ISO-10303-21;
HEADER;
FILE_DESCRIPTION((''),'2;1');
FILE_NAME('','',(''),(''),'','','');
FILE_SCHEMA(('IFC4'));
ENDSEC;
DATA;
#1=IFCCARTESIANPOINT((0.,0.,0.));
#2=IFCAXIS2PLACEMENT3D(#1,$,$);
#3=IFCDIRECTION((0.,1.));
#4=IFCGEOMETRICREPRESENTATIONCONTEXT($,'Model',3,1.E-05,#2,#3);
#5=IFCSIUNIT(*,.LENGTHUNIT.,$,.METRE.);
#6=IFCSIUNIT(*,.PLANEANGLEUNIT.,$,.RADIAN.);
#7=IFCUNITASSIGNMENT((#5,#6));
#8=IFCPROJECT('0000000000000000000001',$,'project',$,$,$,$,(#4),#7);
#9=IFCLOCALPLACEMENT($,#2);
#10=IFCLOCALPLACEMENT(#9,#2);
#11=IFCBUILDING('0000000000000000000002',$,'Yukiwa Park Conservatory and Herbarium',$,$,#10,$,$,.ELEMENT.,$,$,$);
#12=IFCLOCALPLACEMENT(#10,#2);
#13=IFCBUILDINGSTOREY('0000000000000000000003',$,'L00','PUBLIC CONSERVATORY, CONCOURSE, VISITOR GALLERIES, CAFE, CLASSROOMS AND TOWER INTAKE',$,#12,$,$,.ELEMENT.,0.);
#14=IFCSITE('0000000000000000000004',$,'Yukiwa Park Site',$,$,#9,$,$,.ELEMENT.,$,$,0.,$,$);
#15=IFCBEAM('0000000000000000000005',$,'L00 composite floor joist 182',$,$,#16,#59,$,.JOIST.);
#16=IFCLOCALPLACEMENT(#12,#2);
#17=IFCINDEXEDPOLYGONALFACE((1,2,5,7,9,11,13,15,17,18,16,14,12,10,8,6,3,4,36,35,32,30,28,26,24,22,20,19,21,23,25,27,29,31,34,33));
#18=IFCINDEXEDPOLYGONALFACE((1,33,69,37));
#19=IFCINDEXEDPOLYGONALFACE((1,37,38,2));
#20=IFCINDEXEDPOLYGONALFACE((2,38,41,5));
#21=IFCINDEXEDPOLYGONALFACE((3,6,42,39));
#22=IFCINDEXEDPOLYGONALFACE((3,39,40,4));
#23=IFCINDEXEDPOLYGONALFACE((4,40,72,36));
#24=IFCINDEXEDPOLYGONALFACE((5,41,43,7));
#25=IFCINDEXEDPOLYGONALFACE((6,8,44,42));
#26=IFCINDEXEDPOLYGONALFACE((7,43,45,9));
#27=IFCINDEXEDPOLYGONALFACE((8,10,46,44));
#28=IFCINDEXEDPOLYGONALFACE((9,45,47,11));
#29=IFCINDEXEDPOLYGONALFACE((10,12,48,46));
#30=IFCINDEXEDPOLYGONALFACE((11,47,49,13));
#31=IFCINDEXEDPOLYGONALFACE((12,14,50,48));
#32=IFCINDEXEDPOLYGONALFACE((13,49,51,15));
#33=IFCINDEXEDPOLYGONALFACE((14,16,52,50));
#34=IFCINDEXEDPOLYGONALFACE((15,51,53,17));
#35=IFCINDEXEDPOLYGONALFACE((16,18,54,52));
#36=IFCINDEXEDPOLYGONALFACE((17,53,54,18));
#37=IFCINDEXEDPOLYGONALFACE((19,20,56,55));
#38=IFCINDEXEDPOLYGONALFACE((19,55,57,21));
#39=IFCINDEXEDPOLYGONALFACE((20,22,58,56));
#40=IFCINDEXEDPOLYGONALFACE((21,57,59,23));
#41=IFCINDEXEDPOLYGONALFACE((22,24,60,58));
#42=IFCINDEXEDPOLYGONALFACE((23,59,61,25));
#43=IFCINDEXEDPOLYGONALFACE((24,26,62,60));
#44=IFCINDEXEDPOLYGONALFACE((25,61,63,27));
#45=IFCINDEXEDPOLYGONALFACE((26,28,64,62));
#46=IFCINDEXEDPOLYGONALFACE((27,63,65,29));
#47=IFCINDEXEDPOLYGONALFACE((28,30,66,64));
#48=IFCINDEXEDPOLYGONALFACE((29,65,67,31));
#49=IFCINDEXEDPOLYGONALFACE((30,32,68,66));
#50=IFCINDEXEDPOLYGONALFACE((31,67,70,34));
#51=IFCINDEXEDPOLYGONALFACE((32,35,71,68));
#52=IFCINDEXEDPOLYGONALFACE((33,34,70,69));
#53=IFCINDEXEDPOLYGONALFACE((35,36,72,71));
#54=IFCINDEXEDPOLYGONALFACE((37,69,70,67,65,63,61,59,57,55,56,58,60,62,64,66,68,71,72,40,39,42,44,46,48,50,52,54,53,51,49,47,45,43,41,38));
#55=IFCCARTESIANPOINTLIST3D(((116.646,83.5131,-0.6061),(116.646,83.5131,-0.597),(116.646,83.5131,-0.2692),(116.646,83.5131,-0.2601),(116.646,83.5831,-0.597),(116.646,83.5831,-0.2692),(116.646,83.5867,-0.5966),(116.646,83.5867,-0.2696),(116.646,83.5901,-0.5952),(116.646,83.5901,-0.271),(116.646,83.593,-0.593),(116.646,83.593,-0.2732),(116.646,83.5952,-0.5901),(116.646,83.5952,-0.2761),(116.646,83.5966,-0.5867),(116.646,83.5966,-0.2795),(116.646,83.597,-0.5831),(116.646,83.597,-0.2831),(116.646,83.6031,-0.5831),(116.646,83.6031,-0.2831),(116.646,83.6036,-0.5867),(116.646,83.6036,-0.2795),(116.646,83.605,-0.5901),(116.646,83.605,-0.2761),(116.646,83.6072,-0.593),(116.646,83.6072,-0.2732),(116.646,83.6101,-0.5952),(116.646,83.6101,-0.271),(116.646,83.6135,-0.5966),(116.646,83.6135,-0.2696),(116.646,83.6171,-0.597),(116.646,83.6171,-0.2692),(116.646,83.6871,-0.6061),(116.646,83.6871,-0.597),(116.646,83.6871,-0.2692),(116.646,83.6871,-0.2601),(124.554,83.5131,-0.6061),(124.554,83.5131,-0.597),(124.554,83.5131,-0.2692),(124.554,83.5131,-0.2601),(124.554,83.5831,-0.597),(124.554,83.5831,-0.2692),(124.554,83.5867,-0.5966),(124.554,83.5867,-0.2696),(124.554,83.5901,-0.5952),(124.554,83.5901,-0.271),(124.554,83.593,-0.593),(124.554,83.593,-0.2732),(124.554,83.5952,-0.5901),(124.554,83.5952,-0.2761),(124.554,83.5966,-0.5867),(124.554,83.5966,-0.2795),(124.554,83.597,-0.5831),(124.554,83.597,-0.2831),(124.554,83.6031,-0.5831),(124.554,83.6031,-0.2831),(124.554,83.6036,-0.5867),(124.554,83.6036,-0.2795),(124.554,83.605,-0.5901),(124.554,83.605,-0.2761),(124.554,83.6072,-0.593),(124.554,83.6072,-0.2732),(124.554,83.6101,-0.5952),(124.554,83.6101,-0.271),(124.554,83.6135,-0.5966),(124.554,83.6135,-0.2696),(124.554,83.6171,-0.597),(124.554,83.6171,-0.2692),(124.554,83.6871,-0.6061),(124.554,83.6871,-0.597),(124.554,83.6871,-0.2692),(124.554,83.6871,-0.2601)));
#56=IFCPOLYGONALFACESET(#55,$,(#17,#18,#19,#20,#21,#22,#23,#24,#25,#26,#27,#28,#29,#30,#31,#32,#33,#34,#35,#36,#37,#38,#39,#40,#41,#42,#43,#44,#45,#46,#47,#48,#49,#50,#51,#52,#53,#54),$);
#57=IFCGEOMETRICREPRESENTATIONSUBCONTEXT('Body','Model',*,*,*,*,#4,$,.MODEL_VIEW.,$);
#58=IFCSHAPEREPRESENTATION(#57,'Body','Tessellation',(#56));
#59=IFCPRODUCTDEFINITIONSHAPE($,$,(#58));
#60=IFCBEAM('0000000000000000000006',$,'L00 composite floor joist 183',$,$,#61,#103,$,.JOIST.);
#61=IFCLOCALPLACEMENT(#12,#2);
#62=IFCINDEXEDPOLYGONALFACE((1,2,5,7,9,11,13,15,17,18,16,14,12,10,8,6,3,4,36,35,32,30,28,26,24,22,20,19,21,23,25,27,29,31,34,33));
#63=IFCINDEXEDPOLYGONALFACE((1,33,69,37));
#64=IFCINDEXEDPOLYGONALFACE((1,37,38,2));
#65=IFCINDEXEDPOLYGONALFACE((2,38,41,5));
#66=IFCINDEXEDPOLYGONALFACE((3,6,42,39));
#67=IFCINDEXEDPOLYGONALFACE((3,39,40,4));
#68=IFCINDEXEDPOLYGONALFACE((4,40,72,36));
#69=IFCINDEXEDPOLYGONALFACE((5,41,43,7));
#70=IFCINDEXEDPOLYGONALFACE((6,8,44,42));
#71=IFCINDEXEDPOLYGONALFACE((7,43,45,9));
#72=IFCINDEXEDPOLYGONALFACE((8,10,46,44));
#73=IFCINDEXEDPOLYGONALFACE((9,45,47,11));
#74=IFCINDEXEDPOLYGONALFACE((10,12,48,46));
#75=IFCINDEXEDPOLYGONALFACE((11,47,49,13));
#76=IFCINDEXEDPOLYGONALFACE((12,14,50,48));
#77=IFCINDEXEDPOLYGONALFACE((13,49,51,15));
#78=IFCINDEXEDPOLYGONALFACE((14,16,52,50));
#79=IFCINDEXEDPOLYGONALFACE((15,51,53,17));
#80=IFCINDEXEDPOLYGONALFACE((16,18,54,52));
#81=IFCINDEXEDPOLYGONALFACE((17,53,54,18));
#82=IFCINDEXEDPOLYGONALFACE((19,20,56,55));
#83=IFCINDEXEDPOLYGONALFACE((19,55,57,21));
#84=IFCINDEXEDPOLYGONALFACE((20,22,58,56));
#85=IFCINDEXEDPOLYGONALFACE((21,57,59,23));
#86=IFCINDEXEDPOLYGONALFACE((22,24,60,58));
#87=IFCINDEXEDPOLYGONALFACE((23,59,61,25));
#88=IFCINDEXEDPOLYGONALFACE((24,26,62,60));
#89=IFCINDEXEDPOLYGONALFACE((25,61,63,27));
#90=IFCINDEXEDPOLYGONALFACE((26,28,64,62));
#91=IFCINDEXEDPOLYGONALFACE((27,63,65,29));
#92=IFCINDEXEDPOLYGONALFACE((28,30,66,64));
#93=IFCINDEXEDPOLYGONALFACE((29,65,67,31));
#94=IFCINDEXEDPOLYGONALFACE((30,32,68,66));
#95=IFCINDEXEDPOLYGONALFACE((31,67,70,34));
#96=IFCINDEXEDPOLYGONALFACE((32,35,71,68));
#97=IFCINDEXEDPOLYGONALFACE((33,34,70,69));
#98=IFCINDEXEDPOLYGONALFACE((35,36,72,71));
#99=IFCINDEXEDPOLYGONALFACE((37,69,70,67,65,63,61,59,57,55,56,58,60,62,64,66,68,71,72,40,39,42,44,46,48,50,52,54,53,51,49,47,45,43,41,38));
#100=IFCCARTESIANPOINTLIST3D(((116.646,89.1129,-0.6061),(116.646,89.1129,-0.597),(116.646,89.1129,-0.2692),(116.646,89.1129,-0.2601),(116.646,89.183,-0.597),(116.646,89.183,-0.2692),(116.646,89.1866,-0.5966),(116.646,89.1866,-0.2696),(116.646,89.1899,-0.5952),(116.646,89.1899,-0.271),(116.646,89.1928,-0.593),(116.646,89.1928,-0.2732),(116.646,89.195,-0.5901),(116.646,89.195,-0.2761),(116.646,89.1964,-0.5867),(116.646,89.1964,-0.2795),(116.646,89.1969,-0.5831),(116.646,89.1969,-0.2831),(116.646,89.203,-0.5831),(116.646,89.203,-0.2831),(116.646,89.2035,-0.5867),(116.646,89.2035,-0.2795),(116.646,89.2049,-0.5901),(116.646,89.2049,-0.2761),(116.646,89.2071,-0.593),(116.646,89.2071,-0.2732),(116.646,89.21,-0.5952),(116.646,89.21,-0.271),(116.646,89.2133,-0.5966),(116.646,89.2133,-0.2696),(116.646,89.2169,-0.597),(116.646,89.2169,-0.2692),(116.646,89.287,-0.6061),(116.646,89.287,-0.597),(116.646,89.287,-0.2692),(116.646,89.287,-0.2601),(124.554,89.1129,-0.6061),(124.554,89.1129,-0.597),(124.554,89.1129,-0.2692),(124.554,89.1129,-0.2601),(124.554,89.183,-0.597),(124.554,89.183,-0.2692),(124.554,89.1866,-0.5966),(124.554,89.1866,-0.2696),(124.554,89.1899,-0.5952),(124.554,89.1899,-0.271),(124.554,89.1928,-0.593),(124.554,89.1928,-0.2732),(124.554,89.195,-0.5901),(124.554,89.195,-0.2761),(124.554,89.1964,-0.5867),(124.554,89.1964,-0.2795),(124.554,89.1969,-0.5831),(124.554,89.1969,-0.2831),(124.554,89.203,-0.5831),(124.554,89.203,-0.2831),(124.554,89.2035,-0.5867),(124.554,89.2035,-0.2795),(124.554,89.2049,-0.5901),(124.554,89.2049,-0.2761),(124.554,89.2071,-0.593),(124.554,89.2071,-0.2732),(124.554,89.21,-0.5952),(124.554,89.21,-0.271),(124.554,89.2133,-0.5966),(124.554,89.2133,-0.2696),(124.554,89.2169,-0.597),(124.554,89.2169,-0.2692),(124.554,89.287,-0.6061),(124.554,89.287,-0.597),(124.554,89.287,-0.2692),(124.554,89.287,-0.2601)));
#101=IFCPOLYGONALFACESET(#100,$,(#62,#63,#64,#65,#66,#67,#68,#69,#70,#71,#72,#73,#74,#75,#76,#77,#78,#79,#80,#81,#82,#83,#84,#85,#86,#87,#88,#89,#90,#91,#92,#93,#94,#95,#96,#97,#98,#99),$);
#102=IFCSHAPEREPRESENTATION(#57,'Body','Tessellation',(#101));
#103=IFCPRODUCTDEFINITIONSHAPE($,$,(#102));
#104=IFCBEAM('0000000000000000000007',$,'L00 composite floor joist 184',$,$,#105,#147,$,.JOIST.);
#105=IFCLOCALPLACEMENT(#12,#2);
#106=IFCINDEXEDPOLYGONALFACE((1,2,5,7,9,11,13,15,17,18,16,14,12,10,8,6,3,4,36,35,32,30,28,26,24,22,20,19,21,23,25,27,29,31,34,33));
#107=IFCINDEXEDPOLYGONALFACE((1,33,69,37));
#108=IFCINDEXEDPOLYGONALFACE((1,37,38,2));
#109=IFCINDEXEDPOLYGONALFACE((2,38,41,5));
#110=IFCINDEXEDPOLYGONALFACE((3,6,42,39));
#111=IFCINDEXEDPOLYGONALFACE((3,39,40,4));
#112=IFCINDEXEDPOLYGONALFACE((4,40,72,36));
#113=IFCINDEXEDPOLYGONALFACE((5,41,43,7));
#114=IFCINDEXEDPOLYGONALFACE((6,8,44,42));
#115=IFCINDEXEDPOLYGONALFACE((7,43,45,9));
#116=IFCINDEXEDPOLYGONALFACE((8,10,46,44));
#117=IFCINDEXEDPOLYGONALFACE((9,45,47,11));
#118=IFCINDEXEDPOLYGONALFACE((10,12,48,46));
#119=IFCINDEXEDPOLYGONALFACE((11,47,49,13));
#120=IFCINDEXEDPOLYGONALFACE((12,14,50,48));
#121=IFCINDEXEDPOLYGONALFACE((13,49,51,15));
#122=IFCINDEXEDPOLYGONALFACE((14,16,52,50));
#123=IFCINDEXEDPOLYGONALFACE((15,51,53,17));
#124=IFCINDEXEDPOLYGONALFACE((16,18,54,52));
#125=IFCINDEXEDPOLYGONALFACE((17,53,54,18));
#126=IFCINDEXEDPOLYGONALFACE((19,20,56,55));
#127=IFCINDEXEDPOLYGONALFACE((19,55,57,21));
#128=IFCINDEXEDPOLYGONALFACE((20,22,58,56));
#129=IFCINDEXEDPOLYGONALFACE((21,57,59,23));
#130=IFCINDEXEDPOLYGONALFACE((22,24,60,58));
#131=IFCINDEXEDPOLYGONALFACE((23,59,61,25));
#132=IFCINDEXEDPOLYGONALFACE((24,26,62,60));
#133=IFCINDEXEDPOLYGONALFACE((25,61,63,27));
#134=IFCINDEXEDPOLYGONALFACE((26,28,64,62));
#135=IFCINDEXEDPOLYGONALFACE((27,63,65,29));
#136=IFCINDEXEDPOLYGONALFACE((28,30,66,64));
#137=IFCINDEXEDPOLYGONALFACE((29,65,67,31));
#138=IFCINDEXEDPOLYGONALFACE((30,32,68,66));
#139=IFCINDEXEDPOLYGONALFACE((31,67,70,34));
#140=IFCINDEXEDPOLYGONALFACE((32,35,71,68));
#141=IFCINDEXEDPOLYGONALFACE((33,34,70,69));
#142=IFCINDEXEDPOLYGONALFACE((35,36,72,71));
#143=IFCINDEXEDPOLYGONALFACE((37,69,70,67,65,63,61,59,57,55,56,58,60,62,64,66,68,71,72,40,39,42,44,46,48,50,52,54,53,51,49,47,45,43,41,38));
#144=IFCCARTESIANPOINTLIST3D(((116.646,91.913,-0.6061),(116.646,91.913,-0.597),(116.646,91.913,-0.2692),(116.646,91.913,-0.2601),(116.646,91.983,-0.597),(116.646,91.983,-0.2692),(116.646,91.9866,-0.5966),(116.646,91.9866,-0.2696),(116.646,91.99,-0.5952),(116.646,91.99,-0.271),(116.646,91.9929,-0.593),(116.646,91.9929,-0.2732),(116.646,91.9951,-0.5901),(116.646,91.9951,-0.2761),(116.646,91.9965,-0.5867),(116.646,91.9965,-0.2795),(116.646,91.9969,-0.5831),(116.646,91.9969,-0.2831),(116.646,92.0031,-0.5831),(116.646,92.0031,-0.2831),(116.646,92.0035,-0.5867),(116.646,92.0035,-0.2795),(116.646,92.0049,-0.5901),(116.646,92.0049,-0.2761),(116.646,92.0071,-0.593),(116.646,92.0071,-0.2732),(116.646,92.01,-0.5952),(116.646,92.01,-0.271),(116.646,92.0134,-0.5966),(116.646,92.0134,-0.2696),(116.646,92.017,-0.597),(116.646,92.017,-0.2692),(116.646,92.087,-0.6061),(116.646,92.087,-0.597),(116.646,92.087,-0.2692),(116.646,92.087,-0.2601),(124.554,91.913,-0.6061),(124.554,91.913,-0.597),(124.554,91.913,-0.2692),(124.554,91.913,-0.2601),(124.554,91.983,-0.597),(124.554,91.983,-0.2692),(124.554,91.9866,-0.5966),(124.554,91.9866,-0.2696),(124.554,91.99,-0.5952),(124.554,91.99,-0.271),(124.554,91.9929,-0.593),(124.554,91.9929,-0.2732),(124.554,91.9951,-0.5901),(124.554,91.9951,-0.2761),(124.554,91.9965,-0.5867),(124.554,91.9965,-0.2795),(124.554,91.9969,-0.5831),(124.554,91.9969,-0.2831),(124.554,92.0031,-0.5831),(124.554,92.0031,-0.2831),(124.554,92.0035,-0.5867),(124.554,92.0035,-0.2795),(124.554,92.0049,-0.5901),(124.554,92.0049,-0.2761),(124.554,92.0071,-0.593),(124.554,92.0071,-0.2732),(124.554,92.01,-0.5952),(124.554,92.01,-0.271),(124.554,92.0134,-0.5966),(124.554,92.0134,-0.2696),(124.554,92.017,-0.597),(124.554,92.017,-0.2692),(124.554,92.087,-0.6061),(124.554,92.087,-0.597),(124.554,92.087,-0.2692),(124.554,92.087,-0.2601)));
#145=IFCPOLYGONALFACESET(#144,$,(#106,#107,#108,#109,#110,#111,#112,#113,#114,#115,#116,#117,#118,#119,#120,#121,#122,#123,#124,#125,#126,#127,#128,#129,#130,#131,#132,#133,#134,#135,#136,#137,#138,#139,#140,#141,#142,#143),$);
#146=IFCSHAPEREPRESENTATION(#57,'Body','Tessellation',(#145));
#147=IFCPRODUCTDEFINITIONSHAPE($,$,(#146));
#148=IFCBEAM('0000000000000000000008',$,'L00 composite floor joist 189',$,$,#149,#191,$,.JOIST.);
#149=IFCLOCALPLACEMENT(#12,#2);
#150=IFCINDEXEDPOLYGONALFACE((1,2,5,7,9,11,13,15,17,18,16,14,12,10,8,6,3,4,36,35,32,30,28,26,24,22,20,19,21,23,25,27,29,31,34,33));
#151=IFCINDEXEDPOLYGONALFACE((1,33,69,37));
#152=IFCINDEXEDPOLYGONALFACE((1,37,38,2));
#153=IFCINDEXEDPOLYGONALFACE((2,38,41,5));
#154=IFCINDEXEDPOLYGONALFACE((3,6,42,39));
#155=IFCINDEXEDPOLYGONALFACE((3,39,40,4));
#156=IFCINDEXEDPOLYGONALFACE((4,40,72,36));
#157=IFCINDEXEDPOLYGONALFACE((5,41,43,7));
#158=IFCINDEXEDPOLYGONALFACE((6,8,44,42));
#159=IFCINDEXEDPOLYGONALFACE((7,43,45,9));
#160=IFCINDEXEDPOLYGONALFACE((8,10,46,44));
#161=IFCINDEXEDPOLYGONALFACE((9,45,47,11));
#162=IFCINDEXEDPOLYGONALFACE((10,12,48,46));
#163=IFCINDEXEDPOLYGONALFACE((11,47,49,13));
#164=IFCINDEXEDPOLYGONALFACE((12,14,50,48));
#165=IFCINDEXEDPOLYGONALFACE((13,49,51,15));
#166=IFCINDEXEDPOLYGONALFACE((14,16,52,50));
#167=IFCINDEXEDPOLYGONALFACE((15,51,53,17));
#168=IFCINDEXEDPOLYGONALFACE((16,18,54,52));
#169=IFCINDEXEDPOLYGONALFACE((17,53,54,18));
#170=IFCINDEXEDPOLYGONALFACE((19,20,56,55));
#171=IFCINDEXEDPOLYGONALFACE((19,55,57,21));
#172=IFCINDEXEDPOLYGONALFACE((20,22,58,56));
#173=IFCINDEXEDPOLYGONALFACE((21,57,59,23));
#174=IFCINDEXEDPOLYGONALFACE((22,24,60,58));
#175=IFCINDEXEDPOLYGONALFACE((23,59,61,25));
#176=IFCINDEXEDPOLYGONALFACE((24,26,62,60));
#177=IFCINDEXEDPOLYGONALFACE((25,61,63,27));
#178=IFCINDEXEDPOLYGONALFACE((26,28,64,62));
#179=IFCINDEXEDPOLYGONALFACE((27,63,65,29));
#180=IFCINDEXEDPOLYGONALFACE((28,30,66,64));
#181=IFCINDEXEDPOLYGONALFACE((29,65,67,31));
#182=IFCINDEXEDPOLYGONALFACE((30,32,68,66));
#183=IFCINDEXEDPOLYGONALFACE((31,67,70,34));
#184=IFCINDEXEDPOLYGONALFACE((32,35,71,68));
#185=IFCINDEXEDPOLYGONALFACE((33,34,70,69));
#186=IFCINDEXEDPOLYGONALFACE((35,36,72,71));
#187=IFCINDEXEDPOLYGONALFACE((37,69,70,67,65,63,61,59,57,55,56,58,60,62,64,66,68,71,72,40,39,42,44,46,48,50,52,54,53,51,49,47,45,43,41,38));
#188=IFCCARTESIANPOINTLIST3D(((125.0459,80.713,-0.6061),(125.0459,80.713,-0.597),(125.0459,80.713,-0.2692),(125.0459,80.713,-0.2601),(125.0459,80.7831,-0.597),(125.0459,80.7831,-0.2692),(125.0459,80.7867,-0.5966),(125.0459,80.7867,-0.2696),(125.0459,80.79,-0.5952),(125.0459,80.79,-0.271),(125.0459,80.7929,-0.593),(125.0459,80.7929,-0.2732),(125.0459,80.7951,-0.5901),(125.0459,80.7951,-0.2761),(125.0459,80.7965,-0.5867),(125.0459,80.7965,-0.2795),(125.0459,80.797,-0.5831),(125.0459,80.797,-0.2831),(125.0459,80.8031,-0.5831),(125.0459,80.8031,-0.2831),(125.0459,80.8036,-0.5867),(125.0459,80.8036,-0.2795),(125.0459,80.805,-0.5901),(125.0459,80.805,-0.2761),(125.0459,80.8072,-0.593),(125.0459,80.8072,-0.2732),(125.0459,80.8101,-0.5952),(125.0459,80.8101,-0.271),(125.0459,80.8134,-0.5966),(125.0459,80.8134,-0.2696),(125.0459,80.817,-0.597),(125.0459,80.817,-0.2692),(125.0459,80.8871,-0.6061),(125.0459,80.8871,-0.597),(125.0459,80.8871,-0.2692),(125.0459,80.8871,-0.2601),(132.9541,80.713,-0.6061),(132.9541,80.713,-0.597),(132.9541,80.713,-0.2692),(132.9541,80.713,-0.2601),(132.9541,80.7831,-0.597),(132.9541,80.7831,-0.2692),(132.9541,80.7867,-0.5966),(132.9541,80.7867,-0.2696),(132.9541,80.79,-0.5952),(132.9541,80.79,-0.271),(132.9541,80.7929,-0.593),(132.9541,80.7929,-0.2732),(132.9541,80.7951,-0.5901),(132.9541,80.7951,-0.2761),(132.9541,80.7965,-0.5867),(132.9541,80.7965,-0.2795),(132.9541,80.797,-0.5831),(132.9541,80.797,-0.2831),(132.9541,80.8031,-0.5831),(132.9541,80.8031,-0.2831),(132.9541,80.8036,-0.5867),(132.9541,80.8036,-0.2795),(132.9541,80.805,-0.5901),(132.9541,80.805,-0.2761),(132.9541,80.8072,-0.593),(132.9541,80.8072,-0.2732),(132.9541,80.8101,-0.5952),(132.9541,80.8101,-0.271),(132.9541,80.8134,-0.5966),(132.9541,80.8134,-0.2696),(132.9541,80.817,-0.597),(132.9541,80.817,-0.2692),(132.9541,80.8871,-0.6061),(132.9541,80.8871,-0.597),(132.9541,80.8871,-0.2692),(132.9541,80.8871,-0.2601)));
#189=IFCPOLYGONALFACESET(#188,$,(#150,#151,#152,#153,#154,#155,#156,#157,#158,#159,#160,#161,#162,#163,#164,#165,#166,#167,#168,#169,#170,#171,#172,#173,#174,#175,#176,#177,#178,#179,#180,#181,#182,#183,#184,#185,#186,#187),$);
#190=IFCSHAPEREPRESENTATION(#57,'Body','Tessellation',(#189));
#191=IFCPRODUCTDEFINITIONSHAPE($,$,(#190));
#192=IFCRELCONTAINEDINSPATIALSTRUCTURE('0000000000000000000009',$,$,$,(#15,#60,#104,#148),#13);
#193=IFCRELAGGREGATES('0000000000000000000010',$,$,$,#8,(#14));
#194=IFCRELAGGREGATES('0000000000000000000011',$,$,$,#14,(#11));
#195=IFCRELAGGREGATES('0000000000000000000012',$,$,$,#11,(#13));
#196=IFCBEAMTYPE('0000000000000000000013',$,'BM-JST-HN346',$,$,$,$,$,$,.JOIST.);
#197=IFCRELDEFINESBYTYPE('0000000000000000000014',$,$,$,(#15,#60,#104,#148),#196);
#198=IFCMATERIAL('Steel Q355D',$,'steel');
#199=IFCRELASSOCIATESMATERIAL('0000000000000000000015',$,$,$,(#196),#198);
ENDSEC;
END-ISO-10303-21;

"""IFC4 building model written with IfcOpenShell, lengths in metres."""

from ifc_helpers import new_model, si_unit, direction, frame, origin, origin_2d, place, context, subcontext, project, spatial, i_section, extrude, material, material_profile, profile_set, type_object, element, save


model = new_model("IFC4")

# Units and contexts
model_context = context("Model", 3, precision=1e-05, world=origin(), true_north=direction((0.0, 1.0)))
body_context = subcontext(model_context, "Body", "Model", "MODEL_VIEW")
ifc_project = project(units=[si_unit("LENGTHUNIT", "METRE"), si_unit("PLANEANGLEUNIT", "RADIAN")], contexts=[model_context])

# Site, building, storey
site_placement = place(None, origin())
site = spatial("IfcSite", under=ifc_project, at=site_placement, Name="Yukiwa Park Site", CompositionType="ELEMENT", RefElevation=0.0)
building_placement = place(site_placement, origin())
building = spatial("IfcBuilding", under=site, at=building_placement, Name="Yukiwa Park Conservatory and Herbarium", CompositionType="ELEMENT")
storey_placement = place(building_placement, origin())
storey = spatial("IfcBuildingStorey", under=building, at=storey_placement, Name="L00", Description="PUBLIC CONSERVATORY, CONCOURSE, VISITOR GALLERIES, CAFE, CLASSROOMS AND TOWER INTAKE", CompositionType="ELEMENT", Elevation=0.0)

# Beams
ifc_material_1 = material(Name="Steel Q355D", Category="steel")
ifc_material_profile_1 = material_profile(ifc_material_1, i_section(OverallWidth=0.1741, OverallDepth=0.3459, WebThickness=0.0061, FlangeThickness=0.009, FilletRadius=0.0139, at=origin_2d()), Name="HN 346x174x6x9")
ifc_profile_set_1 = profile_set([ifc_material_profile_1], Name="Steel Q355D")
beam_type_1 = type_object("IfcBeamType", Name="BM-JST-HN346", PredefinedType="JOIST", material=ifc_profile_set_1)
for number, where, z_axis, x_axis, name in (
    (1, (116.646, 83.6001, -0.4331), (1.0, 0.0, 0.0), (0.0, 1.0, 0.0), "L00 composite floor joist 182"),
    (2, (116.646, 89.2, -0.4331), (1.0, 0.0, 0.0), (0.0, 1.0, 0.0), "L00 composite floor joist 183"),
    (3, (116.646, 92.0, -0.4331), (1.0, 0.0, 0.0), (0.0, 1.0, 0.0), "L00 composite floor joist 184"),
):
    element("IfcBeam", number, at=place(storey_placement, frame(where, z_axis=z_axis, x_axis=x_axis)), inside=storey, type_object=beam_type_1, Name=name, PredefinedType="JOIST", context=body_context, shape_type="SweptSolid", body=[
        extrude(i_section(OverallWidth=0.1741, OverallDepth=0.3459, WebThickness=0.0061, FlangeThickness=0.009, FilletRadius=0.0139, at=origin_2d()), origin(), (0.0, 0.0, 1.0), 7.908),
    ])
for number, where, z_axis, x_axis, name in (
    (4, (125.0459, 80.8, -0.4331), (1.0, 0.0, 0.0), (0.0, 1.0, 0.0), "L00 composite floor joist 189"),
):
    element("IfcBeam", number, at=place(storey_placement, frame(where, z_axis=z_axis, x_axis=x_axis)), inside=storey, type_object=beam_type_1, Name=name, PredefinedType="JOIST", context=body_context, shape_type="SweptSolid", body=[
        extrude(i_section(OverallWidth=0.1741, OverallDepth=0.3459, WebThickness=0.0061, FlangeThickness=0.009, FilletRadius=0.0139, at=origin_2d()), origin(), (0.0, 0.0, 1.0), 7.9082),
    ])

save(model, "model.ifc")
